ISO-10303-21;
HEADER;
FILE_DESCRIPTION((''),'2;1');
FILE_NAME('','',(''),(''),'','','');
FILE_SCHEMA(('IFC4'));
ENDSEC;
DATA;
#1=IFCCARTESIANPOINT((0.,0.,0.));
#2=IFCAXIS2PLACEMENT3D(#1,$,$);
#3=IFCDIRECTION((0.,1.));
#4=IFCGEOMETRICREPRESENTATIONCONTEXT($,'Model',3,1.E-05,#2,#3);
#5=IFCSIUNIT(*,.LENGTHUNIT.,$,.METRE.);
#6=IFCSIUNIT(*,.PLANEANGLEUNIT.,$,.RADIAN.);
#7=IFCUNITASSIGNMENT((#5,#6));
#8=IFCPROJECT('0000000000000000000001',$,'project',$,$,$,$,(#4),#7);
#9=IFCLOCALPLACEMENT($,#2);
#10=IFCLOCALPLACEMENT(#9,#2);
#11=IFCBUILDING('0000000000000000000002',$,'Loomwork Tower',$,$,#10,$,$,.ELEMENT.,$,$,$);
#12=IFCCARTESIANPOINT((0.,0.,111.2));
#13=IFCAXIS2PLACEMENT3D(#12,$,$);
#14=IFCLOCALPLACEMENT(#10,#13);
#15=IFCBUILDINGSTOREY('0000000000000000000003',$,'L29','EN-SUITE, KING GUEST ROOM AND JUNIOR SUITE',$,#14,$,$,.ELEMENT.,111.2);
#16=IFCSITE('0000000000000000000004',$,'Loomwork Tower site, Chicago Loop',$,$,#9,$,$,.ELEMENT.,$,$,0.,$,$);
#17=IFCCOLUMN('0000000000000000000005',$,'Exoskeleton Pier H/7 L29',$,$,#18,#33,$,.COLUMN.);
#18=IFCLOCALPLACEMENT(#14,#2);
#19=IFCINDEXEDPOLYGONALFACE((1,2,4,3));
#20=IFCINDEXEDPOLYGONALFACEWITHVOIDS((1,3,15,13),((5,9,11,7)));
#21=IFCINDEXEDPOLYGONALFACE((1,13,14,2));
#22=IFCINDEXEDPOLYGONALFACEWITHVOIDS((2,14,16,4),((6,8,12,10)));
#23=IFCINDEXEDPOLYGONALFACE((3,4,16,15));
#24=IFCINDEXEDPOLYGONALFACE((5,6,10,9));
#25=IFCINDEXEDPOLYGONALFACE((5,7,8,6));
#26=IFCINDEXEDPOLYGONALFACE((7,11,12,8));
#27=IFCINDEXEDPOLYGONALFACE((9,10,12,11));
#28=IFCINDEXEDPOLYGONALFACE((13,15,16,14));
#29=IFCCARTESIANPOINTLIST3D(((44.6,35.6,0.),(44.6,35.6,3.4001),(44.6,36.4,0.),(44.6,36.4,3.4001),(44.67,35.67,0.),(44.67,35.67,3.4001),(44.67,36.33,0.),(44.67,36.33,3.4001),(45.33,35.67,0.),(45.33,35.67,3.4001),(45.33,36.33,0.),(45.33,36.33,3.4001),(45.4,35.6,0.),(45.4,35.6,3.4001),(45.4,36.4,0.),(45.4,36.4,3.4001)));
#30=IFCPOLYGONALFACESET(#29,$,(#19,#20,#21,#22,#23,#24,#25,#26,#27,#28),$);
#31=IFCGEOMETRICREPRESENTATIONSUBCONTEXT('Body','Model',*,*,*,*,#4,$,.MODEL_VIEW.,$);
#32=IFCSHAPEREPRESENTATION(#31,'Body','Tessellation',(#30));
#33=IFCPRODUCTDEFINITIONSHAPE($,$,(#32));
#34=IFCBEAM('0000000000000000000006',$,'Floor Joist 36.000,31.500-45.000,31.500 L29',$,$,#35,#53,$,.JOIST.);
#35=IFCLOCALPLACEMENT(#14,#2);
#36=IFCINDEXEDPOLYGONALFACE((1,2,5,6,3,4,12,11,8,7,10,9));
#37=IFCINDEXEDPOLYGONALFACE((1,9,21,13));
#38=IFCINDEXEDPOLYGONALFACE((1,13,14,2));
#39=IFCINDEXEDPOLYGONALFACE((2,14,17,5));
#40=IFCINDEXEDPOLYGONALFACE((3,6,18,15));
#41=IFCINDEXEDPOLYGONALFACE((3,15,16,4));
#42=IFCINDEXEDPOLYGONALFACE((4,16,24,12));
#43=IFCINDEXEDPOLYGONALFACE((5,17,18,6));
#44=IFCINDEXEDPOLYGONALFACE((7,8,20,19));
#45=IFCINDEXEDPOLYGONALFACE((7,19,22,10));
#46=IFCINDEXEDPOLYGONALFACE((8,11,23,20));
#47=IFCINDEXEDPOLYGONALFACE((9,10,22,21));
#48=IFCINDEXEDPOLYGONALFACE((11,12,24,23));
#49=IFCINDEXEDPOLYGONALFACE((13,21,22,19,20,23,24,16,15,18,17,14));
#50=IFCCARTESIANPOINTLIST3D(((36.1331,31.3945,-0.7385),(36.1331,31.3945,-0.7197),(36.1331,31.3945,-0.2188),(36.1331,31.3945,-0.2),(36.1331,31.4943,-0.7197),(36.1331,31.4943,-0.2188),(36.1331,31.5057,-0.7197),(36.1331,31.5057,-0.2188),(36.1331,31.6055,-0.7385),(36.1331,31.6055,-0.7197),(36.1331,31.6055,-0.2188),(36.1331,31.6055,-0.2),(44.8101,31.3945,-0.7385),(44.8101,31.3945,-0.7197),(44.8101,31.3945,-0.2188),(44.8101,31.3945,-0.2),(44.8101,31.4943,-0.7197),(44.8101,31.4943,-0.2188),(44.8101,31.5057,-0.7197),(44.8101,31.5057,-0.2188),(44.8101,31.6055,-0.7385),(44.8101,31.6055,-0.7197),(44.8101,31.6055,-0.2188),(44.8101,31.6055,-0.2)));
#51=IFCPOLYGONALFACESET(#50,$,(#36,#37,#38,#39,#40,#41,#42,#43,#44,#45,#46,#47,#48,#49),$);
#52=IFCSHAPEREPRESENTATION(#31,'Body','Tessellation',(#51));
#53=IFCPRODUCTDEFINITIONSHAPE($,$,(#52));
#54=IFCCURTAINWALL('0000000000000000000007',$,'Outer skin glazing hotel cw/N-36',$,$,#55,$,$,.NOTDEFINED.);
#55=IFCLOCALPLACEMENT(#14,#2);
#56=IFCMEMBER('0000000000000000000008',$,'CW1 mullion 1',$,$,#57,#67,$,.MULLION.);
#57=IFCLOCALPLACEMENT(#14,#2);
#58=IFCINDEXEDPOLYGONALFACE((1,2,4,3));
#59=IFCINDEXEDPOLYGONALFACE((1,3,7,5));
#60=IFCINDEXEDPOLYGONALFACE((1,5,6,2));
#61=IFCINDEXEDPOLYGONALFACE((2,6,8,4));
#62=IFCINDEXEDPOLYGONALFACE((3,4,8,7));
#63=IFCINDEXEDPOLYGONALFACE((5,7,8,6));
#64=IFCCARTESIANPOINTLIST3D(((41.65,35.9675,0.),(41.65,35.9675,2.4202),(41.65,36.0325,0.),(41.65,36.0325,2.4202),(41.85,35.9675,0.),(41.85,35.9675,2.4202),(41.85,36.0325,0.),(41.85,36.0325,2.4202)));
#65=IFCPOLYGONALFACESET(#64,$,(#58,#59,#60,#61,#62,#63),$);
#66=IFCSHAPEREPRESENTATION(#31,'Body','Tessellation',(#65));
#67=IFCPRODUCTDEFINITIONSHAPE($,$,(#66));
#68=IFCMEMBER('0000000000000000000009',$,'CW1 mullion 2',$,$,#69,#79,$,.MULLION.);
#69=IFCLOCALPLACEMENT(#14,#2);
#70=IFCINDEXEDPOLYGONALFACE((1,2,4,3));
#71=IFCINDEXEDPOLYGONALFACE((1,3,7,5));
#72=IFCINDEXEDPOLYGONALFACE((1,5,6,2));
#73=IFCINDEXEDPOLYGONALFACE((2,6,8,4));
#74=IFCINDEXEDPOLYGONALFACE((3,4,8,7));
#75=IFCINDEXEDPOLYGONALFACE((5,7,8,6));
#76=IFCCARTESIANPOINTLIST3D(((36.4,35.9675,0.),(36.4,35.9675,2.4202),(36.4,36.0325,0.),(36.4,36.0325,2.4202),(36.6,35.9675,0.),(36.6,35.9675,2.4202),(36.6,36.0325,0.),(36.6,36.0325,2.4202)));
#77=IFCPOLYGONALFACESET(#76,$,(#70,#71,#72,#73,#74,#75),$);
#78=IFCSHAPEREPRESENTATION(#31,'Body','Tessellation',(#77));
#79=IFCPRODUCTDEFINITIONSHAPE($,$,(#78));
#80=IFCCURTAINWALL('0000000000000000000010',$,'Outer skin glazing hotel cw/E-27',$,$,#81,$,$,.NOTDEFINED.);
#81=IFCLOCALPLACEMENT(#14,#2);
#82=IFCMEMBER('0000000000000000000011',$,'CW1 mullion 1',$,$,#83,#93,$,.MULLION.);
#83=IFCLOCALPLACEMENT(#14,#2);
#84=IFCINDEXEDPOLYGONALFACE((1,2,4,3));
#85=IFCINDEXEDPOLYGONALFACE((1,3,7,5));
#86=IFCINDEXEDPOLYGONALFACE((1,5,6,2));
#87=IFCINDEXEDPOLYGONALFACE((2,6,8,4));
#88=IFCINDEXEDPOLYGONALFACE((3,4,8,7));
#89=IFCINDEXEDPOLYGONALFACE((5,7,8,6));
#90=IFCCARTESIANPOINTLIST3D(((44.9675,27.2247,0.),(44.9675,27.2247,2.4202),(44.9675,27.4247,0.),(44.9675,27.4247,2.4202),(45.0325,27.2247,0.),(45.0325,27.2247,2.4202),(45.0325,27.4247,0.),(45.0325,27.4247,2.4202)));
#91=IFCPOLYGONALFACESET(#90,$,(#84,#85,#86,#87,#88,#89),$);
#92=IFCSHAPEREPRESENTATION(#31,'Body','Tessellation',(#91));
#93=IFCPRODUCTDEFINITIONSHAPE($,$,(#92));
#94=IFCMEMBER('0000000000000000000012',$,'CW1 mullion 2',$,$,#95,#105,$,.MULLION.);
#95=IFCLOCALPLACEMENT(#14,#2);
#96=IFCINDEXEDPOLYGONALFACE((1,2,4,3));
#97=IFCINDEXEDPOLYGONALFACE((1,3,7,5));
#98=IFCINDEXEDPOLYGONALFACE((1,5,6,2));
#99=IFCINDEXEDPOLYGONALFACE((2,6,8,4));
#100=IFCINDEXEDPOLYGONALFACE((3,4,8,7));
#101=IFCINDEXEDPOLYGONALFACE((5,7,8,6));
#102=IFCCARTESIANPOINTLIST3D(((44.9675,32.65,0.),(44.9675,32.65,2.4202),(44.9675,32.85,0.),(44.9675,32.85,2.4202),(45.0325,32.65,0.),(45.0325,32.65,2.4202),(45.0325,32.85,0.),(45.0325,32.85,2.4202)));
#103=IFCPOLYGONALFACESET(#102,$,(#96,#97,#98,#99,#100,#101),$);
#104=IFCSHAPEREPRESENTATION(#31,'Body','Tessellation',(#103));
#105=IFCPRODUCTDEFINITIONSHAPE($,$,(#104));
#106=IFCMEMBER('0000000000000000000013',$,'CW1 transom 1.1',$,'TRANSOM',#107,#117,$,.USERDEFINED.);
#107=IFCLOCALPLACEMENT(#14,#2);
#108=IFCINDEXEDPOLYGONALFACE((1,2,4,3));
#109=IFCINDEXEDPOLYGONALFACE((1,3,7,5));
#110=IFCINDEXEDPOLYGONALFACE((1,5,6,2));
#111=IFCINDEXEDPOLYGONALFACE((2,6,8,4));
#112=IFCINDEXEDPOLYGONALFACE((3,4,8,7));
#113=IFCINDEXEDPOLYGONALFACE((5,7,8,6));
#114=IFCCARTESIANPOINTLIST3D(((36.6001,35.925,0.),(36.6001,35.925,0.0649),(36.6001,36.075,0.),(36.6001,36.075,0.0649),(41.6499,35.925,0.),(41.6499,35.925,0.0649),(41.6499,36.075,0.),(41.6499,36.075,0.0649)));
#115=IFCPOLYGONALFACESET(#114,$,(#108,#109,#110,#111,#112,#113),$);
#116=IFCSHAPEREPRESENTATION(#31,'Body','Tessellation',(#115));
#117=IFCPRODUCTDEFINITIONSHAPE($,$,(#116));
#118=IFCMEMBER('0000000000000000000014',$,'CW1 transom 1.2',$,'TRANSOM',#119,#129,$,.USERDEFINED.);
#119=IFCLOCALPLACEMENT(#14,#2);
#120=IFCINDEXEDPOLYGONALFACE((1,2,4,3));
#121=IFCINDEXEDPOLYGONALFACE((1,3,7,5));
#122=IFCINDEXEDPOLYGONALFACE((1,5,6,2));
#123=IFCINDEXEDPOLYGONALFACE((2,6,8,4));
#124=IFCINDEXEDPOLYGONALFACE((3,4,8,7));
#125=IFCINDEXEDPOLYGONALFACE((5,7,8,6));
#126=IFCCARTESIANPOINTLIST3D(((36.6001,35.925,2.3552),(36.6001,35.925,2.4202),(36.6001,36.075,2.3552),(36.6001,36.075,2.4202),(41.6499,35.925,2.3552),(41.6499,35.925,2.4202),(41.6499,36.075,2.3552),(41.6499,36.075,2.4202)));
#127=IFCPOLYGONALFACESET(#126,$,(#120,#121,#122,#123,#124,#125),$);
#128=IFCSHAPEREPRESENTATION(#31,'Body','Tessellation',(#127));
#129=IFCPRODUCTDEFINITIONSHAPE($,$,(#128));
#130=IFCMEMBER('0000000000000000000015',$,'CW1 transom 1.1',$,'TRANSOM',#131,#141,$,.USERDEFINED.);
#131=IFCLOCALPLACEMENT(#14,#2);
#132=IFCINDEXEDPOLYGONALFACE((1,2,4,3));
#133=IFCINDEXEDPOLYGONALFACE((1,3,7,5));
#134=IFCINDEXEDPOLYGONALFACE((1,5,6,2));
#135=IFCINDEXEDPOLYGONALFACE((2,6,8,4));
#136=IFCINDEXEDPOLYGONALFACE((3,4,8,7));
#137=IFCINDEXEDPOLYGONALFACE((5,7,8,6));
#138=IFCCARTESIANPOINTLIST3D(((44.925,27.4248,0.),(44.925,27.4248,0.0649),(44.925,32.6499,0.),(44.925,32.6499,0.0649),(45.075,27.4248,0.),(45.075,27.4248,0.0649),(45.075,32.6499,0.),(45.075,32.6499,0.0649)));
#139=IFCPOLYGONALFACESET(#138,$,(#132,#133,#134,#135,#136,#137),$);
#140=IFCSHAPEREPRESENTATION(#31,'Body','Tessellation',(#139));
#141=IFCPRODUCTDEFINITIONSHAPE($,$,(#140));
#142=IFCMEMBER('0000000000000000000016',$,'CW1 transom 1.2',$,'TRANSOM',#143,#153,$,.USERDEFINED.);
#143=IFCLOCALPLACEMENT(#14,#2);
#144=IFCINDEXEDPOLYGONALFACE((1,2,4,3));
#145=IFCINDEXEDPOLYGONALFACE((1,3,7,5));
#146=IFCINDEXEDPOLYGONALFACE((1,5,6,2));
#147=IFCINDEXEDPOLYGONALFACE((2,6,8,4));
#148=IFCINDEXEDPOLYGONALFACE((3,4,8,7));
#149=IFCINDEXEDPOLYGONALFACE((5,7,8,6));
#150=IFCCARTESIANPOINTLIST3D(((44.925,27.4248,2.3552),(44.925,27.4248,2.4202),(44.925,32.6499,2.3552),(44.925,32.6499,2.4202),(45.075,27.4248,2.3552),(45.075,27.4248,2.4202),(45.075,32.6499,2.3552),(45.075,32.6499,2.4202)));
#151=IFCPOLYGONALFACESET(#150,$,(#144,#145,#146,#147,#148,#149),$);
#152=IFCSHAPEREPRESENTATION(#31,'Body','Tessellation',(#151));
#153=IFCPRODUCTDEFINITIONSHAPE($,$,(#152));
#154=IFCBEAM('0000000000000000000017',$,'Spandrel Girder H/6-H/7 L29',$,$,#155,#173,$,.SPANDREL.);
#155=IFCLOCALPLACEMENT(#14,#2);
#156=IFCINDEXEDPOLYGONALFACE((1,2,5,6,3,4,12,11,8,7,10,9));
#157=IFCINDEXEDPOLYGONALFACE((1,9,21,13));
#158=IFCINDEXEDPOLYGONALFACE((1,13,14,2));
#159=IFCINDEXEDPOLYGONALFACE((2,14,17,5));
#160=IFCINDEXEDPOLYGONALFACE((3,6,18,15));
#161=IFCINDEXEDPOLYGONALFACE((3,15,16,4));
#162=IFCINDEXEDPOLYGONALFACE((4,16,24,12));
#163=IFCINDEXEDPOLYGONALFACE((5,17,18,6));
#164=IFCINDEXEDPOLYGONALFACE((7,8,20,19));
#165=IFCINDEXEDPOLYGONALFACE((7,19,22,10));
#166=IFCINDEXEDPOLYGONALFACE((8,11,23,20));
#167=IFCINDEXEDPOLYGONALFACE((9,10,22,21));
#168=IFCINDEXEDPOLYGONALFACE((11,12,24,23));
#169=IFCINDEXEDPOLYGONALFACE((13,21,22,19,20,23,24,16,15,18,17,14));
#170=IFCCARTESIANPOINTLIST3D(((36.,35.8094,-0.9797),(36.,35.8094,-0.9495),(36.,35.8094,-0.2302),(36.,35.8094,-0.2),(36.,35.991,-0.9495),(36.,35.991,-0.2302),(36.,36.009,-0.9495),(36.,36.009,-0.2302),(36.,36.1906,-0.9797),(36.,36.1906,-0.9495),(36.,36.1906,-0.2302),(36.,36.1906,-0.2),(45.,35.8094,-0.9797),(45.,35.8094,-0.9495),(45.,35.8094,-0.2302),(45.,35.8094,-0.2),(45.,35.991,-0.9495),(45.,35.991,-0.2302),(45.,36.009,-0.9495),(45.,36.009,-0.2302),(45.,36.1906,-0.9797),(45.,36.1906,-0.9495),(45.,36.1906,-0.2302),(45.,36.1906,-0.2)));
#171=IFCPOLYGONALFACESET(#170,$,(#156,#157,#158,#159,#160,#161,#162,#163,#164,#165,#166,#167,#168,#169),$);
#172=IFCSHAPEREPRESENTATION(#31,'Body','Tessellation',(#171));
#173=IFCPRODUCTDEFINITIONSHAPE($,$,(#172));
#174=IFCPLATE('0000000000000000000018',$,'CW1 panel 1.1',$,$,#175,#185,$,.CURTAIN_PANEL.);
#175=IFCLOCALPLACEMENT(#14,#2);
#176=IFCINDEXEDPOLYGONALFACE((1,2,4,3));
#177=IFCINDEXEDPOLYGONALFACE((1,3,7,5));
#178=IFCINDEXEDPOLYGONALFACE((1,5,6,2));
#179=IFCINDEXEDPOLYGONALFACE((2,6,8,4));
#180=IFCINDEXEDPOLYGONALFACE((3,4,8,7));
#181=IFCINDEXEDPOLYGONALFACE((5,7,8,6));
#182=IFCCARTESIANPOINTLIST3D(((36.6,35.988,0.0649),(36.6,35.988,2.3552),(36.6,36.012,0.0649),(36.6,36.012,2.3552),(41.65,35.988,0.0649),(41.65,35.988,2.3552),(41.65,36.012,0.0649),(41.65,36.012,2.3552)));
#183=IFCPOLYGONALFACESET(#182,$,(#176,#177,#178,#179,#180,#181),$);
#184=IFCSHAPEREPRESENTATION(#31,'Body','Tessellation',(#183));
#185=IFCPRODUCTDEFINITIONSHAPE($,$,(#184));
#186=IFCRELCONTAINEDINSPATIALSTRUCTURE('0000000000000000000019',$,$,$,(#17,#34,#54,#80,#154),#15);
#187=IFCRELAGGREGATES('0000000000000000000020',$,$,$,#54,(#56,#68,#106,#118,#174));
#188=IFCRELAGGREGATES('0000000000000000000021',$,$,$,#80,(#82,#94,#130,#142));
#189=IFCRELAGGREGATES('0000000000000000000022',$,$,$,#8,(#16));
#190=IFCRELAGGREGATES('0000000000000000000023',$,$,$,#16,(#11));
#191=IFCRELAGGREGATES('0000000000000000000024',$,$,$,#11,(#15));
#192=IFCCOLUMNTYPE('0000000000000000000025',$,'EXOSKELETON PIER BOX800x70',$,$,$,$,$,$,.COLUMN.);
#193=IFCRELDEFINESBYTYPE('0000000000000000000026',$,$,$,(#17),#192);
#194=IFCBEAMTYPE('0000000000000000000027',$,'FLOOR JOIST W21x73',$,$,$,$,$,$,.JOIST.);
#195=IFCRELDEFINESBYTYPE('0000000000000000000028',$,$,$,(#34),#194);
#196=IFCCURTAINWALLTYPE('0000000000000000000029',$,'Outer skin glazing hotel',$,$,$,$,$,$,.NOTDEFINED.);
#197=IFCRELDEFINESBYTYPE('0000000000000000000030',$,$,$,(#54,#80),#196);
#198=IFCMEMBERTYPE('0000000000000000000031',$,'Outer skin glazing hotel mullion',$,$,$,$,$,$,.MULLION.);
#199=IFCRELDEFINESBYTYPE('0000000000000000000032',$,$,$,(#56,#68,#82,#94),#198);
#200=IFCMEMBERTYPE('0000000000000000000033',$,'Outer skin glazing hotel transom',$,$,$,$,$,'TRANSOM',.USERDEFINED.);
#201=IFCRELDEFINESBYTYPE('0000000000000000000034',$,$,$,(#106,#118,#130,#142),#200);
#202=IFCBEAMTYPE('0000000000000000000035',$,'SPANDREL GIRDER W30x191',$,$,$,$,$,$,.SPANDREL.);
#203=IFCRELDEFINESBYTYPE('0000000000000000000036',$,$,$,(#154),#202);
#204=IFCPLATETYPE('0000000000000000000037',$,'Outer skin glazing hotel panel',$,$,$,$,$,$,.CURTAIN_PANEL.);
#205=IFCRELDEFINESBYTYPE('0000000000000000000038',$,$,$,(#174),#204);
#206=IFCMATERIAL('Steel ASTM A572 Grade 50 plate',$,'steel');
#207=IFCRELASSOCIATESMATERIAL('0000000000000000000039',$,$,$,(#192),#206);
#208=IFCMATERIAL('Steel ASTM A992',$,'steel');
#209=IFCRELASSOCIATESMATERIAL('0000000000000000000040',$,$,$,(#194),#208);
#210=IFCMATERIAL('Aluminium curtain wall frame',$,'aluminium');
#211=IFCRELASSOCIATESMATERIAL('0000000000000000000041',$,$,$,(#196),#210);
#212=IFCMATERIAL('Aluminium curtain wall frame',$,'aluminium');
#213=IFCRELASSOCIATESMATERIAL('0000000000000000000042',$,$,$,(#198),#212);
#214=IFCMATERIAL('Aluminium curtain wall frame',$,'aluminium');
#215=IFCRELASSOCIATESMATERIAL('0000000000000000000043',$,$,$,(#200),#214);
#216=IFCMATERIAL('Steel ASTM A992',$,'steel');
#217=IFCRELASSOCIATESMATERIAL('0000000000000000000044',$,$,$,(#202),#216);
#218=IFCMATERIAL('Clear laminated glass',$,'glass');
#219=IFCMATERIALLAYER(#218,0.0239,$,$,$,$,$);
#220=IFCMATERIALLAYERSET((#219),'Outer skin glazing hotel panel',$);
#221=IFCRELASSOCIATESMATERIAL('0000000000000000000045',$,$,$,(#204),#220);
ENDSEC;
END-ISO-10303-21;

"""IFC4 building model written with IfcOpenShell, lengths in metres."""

from ifc_helpers import new_model, si_unit, direction, frame, origin, origin_2d, place, context, subcontext, project, spatial, rectangle, hollow_rectangle, i_section, extrude, material, layer, layer_set, material_profile, profile_set, type_object, element, aggregate, save


model = new_model("IFC4")

# Units and contexts
model_context = context("Model", 3, precision=1e-05, world=origin(), true_north=direction((0.0, 1.0)))
body_context = subcontext(model_context, "Body", "Model", "MODEL_VIEW")
ifc_project = project(units=[si_unit("LENGTHUNIT", "METRE"), si_unit("PLANEANGLEUNIT", "RADIAN")], contexts=[model_context])

# Site, building, storey
site_placement = place(None, origin())
site = spatial("IfcSite", under=ifc_project, at=site_placement, Name="Loomwork Tower site, Chicago Loop", CompositionType="ELEMENT", RefElevation=0.0)
building_placement = place(site_placement, origin())
building = spatial("IfcBuilding", under=site, at=building_placement, Name="Loomwork Tower", CompositionType="ELEMENT")
storey_placement = place(building_placement, frame((0.0, 0.0, 111.2)))
storey = spatial("IfcBuildingStorey", under=building, at=storey_placement, Name="L29", Description="EN-SUITE, KING GUEST ROOM AND JUNIOR SUITE", CompositionType="ELEMENT", Elevation=111.2)

# Column
ifc_material_1 = material(Name="Steel ASTM A572 Grade 50 plate", Category="steel")
ifc_material_profile_1 = material_profile(ifc_material_1, hollow_rectangle(XDim=0.8, YDim=0.8, WallThickness=0.0701, at=origin_2d()), Name="BOX800x70")
ifc_profile_set_1 = profile_set([ifc_material_profile_1], Name="Steel ASTM A572 Grade 50 plate")
column_type = type_object("IfcColumnType", Name="EXOSKELETON PIER BOX800x70", PredefinedType="COLUMN", material=ifc_profile_set_1)
column_placement = place(storey_placement, frame((45.0, 36.0, 0.0), z_axis=(0.0, 0.0, 1.0), x_axis=(1.0, 0.0, 0.0)))
element("IfcColumn", 1, at=column_placement, inside=storey, type_object=column_type, Name="Exoskeleton Pier H/7 L29", PredefinedType="COLUMN", context=body_context, shape_type="SweptSolid", body=[
    extrude(hollow_rectangle(XDim=0.8, YDim=0.8, WallThickness=0.0701, at=origin_2d()), origin(), (0.0, 0.0, 1.0), 3.4001),
])

# Beam
ifc_material_2 = material(Name="Steel ASTM A992", Category="steel")
ifc_material_profile_2 = material_profile(ifc_material_2, i_section(OverallWidth=0.2109, OverallDepth=0.5386, WebThickness=0.0115, FlangeThickness=0.0188, at=origin_2d()), Name="W21x73")
ifc_profile_set_2 = profile_set([ifc_material_profile_2], Name="Steel ASTM A992")
beam_type_1 = type_object("IfcBeamType", Name="FLOOR JOIST W21x73", PredefinedType="JOIST", material=ifc_profile_set_2)
beam_1_placement = place(storey_placement, frame((36.1331, 31.5, -0.4692), z_axis=(1.0, 0.0, 0.0), x_axis=(0.0, 1.0, 0.0)))
element("IfcBeam", 2, at=beam_1_placement, inside=storey, type_object=beam_type_1, Name="Floor Joist 36.000,31.500-45.000,31.500 L29", PredefinedType="JOIST", context=body_context, shape_type="SweptSolid", body=[
    extrude(i_section(OverallWidth=0.2109, OverallDepth=0.5386, WebThickness=0.0115, FlangeThickness=0.0188, at=origin_2d()), origin(), (0.0, 0.0, 1.0), 8.677),
])

# Curtain walls, members
ifc_material_3 = material(Name="Aluminium curtain wall frame", Category="aluminium")
curtain_wall_type = type_object("IfcCurtainWallType", Name="Outer skin glazing hotel", PredefinedType="NOTDEFINED", material=ifc_material_3)
curtain_wall_1_placement = place(storey_placement, origin())
curtain_wall_1 = element("IfcCurtainWall", 3, at=curtain_wall_1_placement, inside=storey, type_object=curtain_wall_type, Name="Outer skin glazing hotel cw/N-36", PredefinedType="NOTDEFINED")
ifc_material_4 = material(Name="Aluminium curtain wall frame", Category="aluminium")
ifc_material_profile_3 = material_profile(ifc_material_4, rectangle(XDim=0.0649, YDim=0.2, at=origin_2d()), Name="AL 65x200")
ifc_profile_set_3 = profile_set([ifc_material_profile_3], Name="Aluminium curtain wall frame")
member_type_1 = type_object("IfcMemberType", Name="Outer skin glazing hotel mullion", PredefinedType="MULLION", material=ifc_profile_set_3)
member_1_placement = place(storey_placement, frame((41.75, 36.0, 0.0), z_axis=(0.0, 0.0, 1.0), x_axis=(0.0, -1.0, 0.0)))
member_1 = element("IfcMember", 4, at=member_1_placement, type_object=member_type_1, Name="CW1 mullion 1", PredefinedType="MULLION", context=body_context, shape_type="SweptSolid", body=[
    extrude(rectangle(XDim=0.0649, YDim=0.2, at=origin_2d()), origin(), (0.0, 0.0, 1.0), 2.4202),
])
member_2_placement = place(storey_placement, frame((36.5, 36.0, 0.0), z_axis=(0.0, 0.0, 1.0), x_axis=(0.0, -1.0, 0.0)))
member_2 = element("IfcMember", 5, at=member_2_placement, type_object=member_type_1, Name="CW1 mullion 2", PredefinedType="MULLION", context=body_context, shape_type="SweptSolid", body=[
    extrude(rectangle(XDim=0.0649, YDim=0.2, at=origin_2d()), origin(), (0.0, 0.0, 1.0), 2.4202),
])
curtain_wall_2_placement = place(storey_placement, origin())
curtain_wall_2 = element("IfcCurtainWall", 6, at=curtain_wall_2_placement, inside=storey, type_object=curtain_wall_type, Name="Outer skin glazing hotel cw/E-27", PredefinedType="NOTDEFINED")
member_3_placement = place(storey_placement, frame((45.0, 27.3247, 0.0), z_axis=(0.0, 0.0, 1.0), x_axis=(-1.0, 0.0, 0.0)))
member_3 = element("IfcMember", 7, at=member_3_placement, type_object=member_type_1, Name="CW1 mullion 1", PredefinedType="MULLION", context=body_context, shape_type="SweptSolid", body=[
    extrude(rectangle(XDim=0.0649, YDim=0.2, at=origin_2d()), origin(), (0.0, 0.0, 1.0), 2.4202),
])
member_4_placement = place(storey_placement, frame((45.0, 32.75, 0.0), z_axis=(0.0, 0.0, 1.0), x_axis=(-1.0, 0.0, 0.0)))
member_4 = element("IfcMember", 8, at=member_4_placement, type_object=member_type_1, Name="CW1 mullion 2", PredefinedType="MULLION", context=body_context, shape_type="SweptSolid", body=[
    extrude(rectangle(XDim=0.0649, YDim=0.2, at=origin_2d()), origin(), (0.0, 0.0, 1.0), 2.4202),
])

# Members
ifc_material_5 = material(Name="Aluminium curtain wall frame", Category="aluminium")
ifc_material_profile_4 = material_profile(ifc_material_5, rectangle(XDim=0.1499, YDim=0.0649, at=origin_2d()), Name="AL 65x150")
ifc_profile_set_4 = profile_set([ifc_material_profile_4], Name="Aluminium curtain wall frame")
member_type_2 = type_object("IfcMemberType", Name="Outer skin glazing hotel transom", ElementType="TRANSOM", PredefinedType="USERDEFINED", material=ifc_profile_set_4)
member_5_placement = place(storey_placement, frame((41.6499, 36.0, 0.0325), z_axis=(-1.0, 0.0, 0.0), x_axis=(0.0, -1.0, 0.0)))
member_5 = element("IfcMember", 9, at=member_5_placement, type_object=member_type_2, Name="CW1 transom 1.1", ObjectType="TRANSOM", PredefinedType="USERDEFINED", context=body_context, shape_type="SweptSolid", body=[
    extrude(rectangle(XDim=0.1499, YDim=0.0649, at=origin_2d()), origin(), (0.0, 0.0, 1.0), 5.0498),
])
member_6_placement = place(storey_placement, frame((41.6499, 36.0, 2.3877), z_axis=(-1.0, 0.0, 0.0), x_axis=(0.0, -1.0, 0.0)))
member_6 = element("IfcMember", 10, at=member_6_placement, type_object=member_type_2, Name="CW1 transom 1.2", ObjectType="TRANSOM", PredefinedType="USERDEFINED", context=body_context, shape_type="SweptSolid", body=[
    extrude(rectangle(XDim=0.1499, YDim=0.0649, at=origin_2d()), origin(), (0.0, 0.0, 1.0), 5.0498),
])
member_7_placement = place(storey_placement, frame((45.0, 27.4248, 0.0325), z_axis=(0.0, 1.0, 0.0), x_axis=(-1.0, 0.0, 0.0)))
member_7 = element("IfcMember", 11, at=member_7_placement, type_object=member_type_2, Name="CW1 transom 1.1", ObjectType="TRANSOM", PredefinedType="USERDEFINED", context=body_context, shape_type="SweptSolid", body=[
    extrude(rectangle(XDim=0.1499, YDim=0.0649, at=origin_2d()), origin(), (0.0, 0.0, 1.0), 5.2251),
])
member_8_placement = place(storey_placement, frame((45.0, 27.4248, 2.3877), z_axis=(0.0, 1.0, 0.0), x_axis=(-1.0, 0.0, 0.0)))
member_8 = element("IfcMember", 12, at=member_8_placement, type_object=member_type_2, Name="CW1 transom 1.2", ObjectType="TRANSOM", PredefinedType="USERDEFINED", context=body_context, shape_type="SweptSolid", body=[
    extrude(rectangle(XDim=0.1499, YDim=0.0649, at=origin_2d()), origin(), (0.0, 0.0, 1.0), 5.2251),
])

# Beam
ifc_material_6 = material(Name="Steel ASTM A992", Category="steel")
ifc_material_profile_5 = material_profile(ifc_material_6, i_section(OverallWidth=0.3811, OverallDepth=0.7798, WebThickness=0.0181, FlangeThickness=0.0303, at=origin_2d()), Name="W30x191")
ifc_profile_set_5 = profile_set([ifc_material_profile_5], Name="Steel ASTM A992")
beam_type_2 = type_object("IfcBeamType", Name="SPANDREL GIRDER W30x191", PredefinedType="SPANDREL", material=ifc_profile_set_5)
beam_2_placement = place(storey_placement, frame((36.0, 36.0, -0.5898), z_axis=(1.0, 0.0, 0.0), x_axis=(0.0, 1.0, 0.0)))
element("IfcBeam", 13, at=beam_2_placement, inside=storey, type_object=beam_type_2, Name="Spandrel Girder H/6-H/7 L29", PredefinedType="SPANDREL", context=body_context, shape_type="SweptSolid", body=[
    extrude(i_section(OverallWidth=0.3811, OverallDepth=0.7798, WebThickness=0.0181, FlangeThickness=0.0303, at=origin_2d()), origin(), (0.0, 0.0, 1.0), 9.0),
])

# Plate
ifc_material_7 = material(Name="Clear laminated glass", Category="glass")
ifc_layer_1 = layer(ifc_material_7, 0.0239)
ifc_layer_set_1 = layer_set([ifc_layer_1], Name="Outer skin glazing hotel panel")
plate_type = type_object("IfcPlateType", Name="Outer skin glazing hotel panel", PredefinedType="CURTAIN_PANEL", material=ifc_layer_set_1)
plate_1_placement = place(storey_placement, frame((39.125, 36.0, 0.0649), z_axis=(0.0, 0.0, 1.0), x_axis=(-1.0, 0.0, 0.0)))
plate_1 = element("IfcPlate", 14, at=plate_1_placement, type_object=plate_type, Name="CW1 panel 1.1", PredefinedType="CURTAIN_PANEL", context=body_context, shape_type="SweptSolid", body=[
    extrude(rectangle(XDim=5.05, YDim=0.0239, at=origin_2d()), origin(), (0.0, 0.0, 1.0), 2.2903),
])
aggregate(curtain_wall_1, [member_1, member_2, member_5, member_6, plate_1])
aggregate(curtain_wall_2, [member_3, member_4, member_7, member_8])

save(model, "model.ifc")
